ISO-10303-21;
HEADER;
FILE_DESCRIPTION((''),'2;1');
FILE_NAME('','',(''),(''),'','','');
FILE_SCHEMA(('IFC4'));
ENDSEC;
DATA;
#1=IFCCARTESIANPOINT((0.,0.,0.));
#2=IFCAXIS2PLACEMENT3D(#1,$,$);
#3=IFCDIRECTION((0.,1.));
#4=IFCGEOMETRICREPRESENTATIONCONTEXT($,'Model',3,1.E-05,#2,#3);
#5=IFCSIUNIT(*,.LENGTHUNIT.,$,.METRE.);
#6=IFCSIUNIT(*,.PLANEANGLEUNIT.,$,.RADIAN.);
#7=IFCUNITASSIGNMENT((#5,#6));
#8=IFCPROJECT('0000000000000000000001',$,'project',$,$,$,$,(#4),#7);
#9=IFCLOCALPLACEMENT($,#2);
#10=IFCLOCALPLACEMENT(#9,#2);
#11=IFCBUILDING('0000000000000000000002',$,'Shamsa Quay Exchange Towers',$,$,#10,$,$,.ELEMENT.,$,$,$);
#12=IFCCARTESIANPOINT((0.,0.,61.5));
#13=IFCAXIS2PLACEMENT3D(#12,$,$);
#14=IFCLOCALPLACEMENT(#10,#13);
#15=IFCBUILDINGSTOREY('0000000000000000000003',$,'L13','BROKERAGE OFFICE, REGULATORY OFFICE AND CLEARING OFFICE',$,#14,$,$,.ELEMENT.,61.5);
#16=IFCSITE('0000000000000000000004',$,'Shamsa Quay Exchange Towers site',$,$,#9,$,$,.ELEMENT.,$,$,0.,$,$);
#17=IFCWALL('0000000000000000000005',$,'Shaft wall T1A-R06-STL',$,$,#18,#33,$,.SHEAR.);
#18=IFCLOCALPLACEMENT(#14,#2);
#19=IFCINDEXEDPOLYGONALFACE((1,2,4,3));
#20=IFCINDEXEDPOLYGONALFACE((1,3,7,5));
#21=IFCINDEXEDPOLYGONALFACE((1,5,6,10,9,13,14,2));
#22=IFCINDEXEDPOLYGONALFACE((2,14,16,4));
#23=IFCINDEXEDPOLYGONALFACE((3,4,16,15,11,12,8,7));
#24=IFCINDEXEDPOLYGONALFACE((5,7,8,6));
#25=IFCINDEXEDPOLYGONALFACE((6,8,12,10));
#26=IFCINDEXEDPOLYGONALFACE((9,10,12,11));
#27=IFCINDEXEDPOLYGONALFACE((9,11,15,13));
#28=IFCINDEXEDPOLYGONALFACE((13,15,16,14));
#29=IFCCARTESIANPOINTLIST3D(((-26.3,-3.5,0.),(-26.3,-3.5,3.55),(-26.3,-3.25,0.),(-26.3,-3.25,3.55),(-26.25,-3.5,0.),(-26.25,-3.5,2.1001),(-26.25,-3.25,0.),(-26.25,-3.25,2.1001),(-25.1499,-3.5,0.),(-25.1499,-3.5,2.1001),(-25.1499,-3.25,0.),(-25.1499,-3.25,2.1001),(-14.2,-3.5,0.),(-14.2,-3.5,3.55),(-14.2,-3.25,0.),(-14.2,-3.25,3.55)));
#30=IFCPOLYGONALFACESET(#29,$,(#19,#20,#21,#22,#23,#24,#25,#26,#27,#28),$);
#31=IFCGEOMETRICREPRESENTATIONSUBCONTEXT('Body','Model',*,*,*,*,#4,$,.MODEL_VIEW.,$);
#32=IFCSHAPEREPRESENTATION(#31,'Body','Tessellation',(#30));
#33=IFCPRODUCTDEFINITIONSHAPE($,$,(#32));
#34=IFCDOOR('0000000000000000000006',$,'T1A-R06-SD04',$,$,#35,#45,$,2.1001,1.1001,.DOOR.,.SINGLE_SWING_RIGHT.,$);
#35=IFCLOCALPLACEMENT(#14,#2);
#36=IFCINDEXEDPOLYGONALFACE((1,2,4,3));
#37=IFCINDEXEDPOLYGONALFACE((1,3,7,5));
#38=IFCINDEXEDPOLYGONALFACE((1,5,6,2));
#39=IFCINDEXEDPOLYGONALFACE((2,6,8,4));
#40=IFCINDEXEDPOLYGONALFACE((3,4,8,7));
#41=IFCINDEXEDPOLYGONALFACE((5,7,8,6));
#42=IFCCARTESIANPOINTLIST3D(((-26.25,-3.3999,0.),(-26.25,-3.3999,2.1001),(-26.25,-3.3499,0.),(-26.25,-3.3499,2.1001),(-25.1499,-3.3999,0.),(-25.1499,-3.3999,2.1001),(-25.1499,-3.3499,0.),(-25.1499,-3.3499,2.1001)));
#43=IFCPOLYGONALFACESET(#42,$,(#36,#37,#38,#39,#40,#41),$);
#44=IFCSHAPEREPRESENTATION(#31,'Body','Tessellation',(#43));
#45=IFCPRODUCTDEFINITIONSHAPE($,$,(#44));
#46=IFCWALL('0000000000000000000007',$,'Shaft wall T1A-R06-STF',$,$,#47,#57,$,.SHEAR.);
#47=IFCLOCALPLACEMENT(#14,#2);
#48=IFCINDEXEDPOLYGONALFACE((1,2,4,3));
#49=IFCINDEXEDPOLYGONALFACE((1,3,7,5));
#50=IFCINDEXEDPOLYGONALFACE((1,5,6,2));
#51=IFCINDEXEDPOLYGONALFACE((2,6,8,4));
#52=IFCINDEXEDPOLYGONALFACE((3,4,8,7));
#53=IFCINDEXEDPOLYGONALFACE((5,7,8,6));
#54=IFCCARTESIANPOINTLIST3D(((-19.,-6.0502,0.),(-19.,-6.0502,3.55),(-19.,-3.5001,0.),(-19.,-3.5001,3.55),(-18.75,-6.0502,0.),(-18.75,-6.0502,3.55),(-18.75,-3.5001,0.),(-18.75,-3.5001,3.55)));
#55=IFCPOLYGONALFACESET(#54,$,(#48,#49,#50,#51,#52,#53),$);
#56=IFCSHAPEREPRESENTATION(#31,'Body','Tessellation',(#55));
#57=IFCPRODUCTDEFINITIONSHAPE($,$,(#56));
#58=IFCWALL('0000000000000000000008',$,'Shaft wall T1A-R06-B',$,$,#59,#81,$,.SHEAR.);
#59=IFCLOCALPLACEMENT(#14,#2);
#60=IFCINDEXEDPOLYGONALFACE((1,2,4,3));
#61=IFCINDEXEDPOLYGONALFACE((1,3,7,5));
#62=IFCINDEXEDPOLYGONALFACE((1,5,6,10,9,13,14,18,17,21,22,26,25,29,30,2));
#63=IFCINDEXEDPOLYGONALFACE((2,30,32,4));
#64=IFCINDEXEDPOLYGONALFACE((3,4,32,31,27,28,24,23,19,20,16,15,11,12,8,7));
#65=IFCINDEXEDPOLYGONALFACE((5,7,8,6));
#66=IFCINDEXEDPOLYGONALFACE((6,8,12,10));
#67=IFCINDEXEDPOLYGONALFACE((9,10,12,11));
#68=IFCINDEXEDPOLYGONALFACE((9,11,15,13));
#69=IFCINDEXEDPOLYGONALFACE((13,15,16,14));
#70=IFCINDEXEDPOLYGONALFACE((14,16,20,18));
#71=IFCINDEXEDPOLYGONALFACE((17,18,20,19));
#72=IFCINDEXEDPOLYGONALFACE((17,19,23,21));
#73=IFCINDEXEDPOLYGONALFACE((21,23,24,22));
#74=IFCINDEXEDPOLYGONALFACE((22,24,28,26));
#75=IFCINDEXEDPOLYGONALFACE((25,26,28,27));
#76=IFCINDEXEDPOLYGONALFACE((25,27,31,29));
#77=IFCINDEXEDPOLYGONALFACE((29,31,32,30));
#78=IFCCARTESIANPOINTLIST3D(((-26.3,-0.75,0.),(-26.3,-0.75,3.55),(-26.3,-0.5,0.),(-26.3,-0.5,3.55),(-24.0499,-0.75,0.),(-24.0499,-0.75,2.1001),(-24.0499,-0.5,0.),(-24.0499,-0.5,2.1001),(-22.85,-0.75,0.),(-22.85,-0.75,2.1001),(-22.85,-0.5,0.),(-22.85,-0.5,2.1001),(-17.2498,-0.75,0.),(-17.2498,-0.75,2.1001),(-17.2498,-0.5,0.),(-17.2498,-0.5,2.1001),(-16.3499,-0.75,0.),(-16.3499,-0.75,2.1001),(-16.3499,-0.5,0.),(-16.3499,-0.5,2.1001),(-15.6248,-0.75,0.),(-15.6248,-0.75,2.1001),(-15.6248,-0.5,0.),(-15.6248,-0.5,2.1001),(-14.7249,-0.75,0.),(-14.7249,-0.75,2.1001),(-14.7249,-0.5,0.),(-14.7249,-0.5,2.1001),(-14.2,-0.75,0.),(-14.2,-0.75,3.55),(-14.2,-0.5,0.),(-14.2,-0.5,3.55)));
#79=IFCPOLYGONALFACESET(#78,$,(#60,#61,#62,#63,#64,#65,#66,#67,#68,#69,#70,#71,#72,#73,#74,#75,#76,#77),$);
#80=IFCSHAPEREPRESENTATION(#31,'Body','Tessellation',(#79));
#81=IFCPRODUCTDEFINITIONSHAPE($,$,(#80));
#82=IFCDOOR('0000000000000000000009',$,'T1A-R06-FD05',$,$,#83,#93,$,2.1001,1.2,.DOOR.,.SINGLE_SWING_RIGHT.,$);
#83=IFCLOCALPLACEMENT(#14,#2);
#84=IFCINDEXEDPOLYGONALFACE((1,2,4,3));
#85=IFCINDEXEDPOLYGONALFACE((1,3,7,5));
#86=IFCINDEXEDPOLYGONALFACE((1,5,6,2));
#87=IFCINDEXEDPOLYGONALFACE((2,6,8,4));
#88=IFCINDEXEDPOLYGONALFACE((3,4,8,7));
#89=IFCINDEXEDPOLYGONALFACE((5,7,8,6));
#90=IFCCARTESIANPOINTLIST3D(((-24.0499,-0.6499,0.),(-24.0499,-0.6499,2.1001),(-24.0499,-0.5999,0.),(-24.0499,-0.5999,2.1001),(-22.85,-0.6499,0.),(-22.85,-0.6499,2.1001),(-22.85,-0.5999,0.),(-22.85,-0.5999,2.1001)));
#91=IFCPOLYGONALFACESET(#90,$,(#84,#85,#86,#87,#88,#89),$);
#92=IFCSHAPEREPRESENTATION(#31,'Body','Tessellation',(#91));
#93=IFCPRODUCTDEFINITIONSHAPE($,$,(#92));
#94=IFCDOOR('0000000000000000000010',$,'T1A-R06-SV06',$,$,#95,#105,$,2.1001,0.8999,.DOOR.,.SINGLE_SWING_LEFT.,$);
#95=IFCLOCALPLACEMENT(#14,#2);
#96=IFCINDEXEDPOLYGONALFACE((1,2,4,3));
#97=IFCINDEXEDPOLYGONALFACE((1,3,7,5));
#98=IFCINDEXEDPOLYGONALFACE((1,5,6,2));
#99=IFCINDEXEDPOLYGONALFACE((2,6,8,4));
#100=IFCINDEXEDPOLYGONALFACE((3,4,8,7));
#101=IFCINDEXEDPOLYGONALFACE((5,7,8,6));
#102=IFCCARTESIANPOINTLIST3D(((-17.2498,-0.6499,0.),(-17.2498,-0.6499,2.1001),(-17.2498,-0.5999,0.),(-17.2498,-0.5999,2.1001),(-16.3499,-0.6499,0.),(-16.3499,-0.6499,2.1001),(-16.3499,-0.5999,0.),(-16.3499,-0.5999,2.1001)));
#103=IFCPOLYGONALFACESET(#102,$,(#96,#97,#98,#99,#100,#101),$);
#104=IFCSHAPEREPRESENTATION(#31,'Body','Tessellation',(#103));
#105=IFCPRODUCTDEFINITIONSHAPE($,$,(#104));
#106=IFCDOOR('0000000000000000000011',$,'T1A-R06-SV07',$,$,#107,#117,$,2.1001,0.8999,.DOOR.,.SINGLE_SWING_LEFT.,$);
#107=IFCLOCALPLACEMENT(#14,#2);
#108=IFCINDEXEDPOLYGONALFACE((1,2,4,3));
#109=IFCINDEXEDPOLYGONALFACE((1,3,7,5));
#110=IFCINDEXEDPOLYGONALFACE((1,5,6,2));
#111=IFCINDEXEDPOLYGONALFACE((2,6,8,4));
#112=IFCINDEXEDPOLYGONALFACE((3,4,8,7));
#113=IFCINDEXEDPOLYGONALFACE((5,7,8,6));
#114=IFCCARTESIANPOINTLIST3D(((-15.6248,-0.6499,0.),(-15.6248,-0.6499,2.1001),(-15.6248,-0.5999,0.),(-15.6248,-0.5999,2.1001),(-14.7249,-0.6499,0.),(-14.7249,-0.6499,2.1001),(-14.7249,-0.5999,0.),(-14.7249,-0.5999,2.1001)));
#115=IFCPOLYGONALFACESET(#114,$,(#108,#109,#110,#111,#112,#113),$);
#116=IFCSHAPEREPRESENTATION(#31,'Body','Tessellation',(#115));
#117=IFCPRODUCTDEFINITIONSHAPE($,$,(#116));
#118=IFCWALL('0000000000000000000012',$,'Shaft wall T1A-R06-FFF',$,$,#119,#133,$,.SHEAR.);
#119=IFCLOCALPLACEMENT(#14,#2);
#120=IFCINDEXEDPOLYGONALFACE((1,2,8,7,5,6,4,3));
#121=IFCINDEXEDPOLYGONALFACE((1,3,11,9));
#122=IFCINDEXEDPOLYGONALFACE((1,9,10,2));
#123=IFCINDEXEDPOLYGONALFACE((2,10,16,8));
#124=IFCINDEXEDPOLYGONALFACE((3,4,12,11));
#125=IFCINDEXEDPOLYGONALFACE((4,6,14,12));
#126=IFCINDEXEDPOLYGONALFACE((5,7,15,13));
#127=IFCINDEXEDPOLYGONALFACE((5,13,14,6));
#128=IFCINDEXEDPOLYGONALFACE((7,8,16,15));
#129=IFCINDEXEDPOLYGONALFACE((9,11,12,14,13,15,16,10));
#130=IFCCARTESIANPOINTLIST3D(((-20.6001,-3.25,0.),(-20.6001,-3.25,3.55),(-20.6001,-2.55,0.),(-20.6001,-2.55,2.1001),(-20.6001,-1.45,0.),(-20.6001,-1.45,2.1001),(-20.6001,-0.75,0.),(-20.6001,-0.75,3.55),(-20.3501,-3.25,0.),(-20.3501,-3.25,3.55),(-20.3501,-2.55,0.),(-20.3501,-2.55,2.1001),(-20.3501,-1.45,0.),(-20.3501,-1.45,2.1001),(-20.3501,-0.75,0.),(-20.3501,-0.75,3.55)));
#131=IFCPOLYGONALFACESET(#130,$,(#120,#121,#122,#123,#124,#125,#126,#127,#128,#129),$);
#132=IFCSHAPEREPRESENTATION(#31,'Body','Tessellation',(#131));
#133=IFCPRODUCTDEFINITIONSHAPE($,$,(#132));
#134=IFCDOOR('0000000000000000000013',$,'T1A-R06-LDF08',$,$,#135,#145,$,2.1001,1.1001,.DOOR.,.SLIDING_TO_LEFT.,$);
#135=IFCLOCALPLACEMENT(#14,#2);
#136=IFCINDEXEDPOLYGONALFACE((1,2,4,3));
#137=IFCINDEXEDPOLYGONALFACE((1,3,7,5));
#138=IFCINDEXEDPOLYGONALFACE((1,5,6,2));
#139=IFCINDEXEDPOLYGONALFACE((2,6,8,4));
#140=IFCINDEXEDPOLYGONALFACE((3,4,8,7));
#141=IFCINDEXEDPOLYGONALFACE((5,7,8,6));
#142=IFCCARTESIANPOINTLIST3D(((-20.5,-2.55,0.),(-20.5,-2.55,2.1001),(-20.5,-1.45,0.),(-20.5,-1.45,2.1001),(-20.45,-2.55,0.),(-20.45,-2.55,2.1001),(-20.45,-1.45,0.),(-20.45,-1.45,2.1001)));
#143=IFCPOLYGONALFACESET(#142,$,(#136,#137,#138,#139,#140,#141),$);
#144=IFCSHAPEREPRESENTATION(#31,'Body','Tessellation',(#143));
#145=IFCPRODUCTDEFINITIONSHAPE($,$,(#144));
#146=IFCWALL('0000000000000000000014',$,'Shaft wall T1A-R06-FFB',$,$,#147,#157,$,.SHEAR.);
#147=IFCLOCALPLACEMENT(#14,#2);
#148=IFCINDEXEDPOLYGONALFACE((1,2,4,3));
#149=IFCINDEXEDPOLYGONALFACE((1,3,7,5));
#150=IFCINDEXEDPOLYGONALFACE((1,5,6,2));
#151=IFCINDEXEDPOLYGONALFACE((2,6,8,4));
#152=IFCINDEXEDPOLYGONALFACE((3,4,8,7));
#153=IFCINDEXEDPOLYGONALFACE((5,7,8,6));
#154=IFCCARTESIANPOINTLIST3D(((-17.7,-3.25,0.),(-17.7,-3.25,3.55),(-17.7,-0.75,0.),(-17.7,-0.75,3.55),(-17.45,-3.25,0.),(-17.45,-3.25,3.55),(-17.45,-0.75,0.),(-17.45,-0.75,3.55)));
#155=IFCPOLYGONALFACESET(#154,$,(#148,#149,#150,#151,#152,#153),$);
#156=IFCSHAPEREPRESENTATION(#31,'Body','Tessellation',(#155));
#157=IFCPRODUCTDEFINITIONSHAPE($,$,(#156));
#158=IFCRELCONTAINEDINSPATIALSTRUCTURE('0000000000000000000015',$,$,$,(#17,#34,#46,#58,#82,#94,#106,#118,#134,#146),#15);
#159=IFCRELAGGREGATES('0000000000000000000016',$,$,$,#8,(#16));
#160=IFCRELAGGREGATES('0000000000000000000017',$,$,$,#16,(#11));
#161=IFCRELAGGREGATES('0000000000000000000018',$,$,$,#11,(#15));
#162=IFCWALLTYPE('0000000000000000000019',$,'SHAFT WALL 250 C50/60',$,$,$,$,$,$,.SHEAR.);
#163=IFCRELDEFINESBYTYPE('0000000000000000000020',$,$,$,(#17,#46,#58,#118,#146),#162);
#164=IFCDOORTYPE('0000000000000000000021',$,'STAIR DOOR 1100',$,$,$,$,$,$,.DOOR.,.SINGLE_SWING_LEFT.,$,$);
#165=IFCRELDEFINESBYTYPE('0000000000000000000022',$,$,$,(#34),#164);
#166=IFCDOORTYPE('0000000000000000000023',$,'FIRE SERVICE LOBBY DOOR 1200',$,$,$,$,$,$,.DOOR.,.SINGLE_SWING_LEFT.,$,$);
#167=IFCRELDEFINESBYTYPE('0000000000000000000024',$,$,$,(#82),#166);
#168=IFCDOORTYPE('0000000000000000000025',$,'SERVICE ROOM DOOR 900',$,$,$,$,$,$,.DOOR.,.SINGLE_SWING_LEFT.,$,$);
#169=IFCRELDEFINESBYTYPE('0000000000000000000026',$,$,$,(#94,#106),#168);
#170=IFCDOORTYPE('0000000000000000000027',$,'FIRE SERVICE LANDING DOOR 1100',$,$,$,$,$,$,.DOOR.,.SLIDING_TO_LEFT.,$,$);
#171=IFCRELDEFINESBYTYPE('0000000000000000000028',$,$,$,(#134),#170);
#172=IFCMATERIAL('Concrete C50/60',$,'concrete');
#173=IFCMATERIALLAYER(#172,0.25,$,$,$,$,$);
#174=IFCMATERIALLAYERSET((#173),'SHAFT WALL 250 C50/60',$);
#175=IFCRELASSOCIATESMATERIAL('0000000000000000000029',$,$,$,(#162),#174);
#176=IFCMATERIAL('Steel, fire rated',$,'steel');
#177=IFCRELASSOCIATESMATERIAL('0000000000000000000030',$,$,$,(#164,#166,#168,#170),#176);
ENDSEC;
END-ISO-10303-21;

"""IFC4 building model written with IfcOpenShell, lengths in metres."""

from ifc_helpers import new_model, si_unit, direction, frame, frame_2d, origin, place, context, subcontext, project, spatial, rectangle, extrude, material, layer, layer_set, type_object, element, fill, save


model = new_model("IFC4")

# Units and contexts
model_context = context("Model", 3, precision=1e-05, world=origin(), true_north=direction((0.0, 1.0)))
body_context = subcontext(model_context, "Body", "Model", "MODEL_VIEW")
ifc_project = project(units=[si_unit("LENGTHUNIT", "METRE"), si_unit("PLANEANGLEUNIT", "RADIAN")], contexts=[model_context])

# Site, building, storey
site_placement = place(None, origin())
site = spatial("IfcSite", under=ifc_project, at=site_placement, Name="Shamsa Quay Exchange Towers site", CompositionType="ELEMENT", RefElevation=0.0)
building_placement = place(site_placement, origin())
building = spatial("IfcBuilding", under=site, at=building_placement, Name="Shamsa Quay Exchange Towers", CompositionType="ELEMENT")
storey_placement = place(building_placement, frame((0.0, 0.0, 61.5)))
storey = spatial("IfcBuildingStorey", under=building, at=storey_placement, Name="L13", Description="BROKERAGE OFFICE, REGULATORY OFFICE AND CLEARING OFFICE", CompositionType="ELEMENT", Elevation=61.5)

# Wall, opening, door
ifc_material_1 = material(Name="Concrete C50/60", Category="concrete")
ifc_layer_1 = layer(ifc_material_1, 0.25)
ifc_layer_set_1 = layer_set([ifc_layer_1], Name="SHAFT WALL 250 C50/60")
wall_type_1 = type_object("IfcWallType", Name="SHAFT WALL 250 C50/60", PredefinedType="SHEAR", material=ifc_layer_set_1)
wall_1_placement = place(storey_placement, frame((-14.2, -3.375, 0.0), z_axis=(0.0, 0.0, 1.0), x_axis=(-1.0, 0.0, 0.0)))
wall_1 = element("IfcWall", 1, at=wall_1_placement, inside=storey, type_object=wall_type_1, Name="Shaft wall T1A-R06-STL", PredefinedType="SHEAR", context=body_context, shape_type="SweptSolid", body=[
    extrude(rectangle(XDim=12.1001, YDim=0.25, at=frame_2d((6.05, 0.0))), origin(), (0.0, 0.0, 1.0), 3.55),
])
opening_1_placement = place(wall_1_placement, frame((10.95, 0.0, 0.0)))
opening_1 = element("IfcOpeningElement", 2, at=opening_1_placement, cuts=wall_1, PredefinedType="OPENING", context=body_context, shape_type="SweptSolid", body=[
    extrude(rectangle(XDim=1.1001, YDim=2.1001, at=frame_2d((0.55, 1.05))), frame((0.0, 0.135, 0.0), z_axis=(0.0, -1.0, 0.0), x_axis=(1.0, 0.0, 0.0)), (0.0, 0.0, 1.0), 0.27),
])
ifc_material_2 = material(Name="Steel, fire rated", Category="steel")
door_type_1 = type_object("IfcDoorType", Name="STAIR DOOR 1100", OperationType="SINGLE_SWING_LEFT", PredefinedType="DOOR", material=ifc_material_2)
door_1_placement = place(opening_1_placement, origin())
door_1 = element("IfcDoor", 3, at=door_1_placement, inside=storey, type_object=door_type_1, Name="T1A-R06-SD04", OperationType="SINGLE_SWING_RIGHT", OverallHeight=2.1001, OverallWidth=1.1001, PredefinedType="DOOR", context=body_context, shape_type="SweptSolid", body=[
    extrude(rectangle(XDim=1.1001, YDim=2.1001, at=frame_2d((0.55, 1.05))), frame((0.0, 0.0249, 0.0), z_axis=(0.0, -1.0, 0.0), x_axis=(1.0, 0.0, 0.0)), (0.0, 0.0, 1.0), 0.05),
])
fill(opening_1, door_1)

# Wall
wall_2_placement = place(storey_placement, frame((-18.875, -6.05, 0.0), z_axis=(0.0, 0.0, 1.0), x_axis=(0.0, 1.0, 0.0)))
element("IfcWall", 4, at=wall_2_placement, inside=storey, type_object=wall_type_1, Name="Shaft wall T1A-R06-STF", PredefinedType="SHEAR", context=body_context, shape_type="SweptSolid", body=[
    extrude(rectangle(XDim=2.55, YDim=0.25, at=frame_2d((1.2749, 0.0))), origin(), (0.0, 0.0, 1.0), 3.55),
])

# Wall, openings, doors
wall_3_placement = place(storey_placement, frame((-14.2, -0.625, 0.0), z_axis=(0.0, 0.0, 1.0), x_axis=(-1.0, 0.0, 0.0)))
wall_3 = element("IfcWall", 5, at=wall_3_placement, inside=storey, type_object=wall_type_1, Name="Shaft wall T1A-R06-B", PredefinedType="SHEAR", context=body_context, shape_type="SweptSolid", body=[
    extrude(rectangle(XDim=12.1001, YDim=0.25, at=frame_2d((6.05, 0.0))), origin(), (0.0, 0.0, 1.0), 3.55),
])
opening_2_placement = place(wall_3_placement, frame((8.6499, 0.0, 0.0)))
opening_2 = element("IfcOpeningElement", 6, at=opening_2_placement, cuts=wall_3, PredefinedType="OPENING", context=body_context, shape_type="SweptSolid", body=[
    extrude(rectangle(XDim=1.2, YDim=2.1001, at=frame_2d((0.6001, 1.05))), frame((0.0, 0.135, 0.0), z_axis=(0.0, -1.0, 0.0), x_axis=(1.0, 0.0, 0.0)), (0.0, 0.0, 1.0), 0.27),
])
opening_3_placement = place(wall_3_placement, frame((2.1499, 0.0, 0.0)))
opening_3 = element("IfcOpeningElement", 7, at=opening_3_placement, cuts=wall_3, PredefinedType="OPENING", context=body_context, shape_type="SweptSolid", body=[
    extrude(rectangle(XDim=0.8999, YDim=2.1001, at=frame_2d((0.45, 1.05))), frame((0.0, 0.135, 0.0), z_axis=(0.0, -1.0, 0.0), x_axis=(1.0, 0.0, 0.0)), (0.0, 0.0, 1.0), 0.27),
])
opening_4_placement = place(wall_3_placement, frame((0.5249, 0.0, 0.0)))
opening_4 = element("IfcOpeningElement", 8, at=opening_4_placement, cuts=wall_3, PredefinedType="OPENING", context=body_context, shape_type="SweptSolid", body=[
    extrude(rectangle(XDim=0.8999, YDim=2.1001, at=frame_2d((0.45, 1.05))), frame((0.0, 0.135, 0.0), z_axis=(0.0, -1.0, 0.0), x_axis=(1.0, 0.0, 0.0)), (0.0, 0.0, 1.0), 0.27),
])
door_type_2 = type_object("IfcDoorType", Name="FIRE SERVICE LOBBY DOOR 1200", OperationType="SINGLE_SWING_LEFT", PredefinedType="DOOR", material=ifc_material_2)
door_2_placement = place(opening_2_placement, origin())
door_2 = element("IfcDoor", 9, at=door_2_placement, inside=storey, type_object=door_type_2, Name="T1A-R06-FD05", OperationType="SINGLE_SWING_RIGHT", OverallHeight=2.1001, OverallWidth=1.2, PredefinedType="DOOR", context=body_context, shape_type="SweptSolid", body=[
    extrude(rectangle(XDim=1.2, YDim=2.1001, at=frame_2d((0.6001, 1.05))), frame((0.0, 0.0249, 0.0), z_axis=(0.0, -1.0, 0.0), x_axis=(1.0, 0.0, 0.0)), (0.0, 0.0, 1.0), 0.05),
])
fill(opening_2, door_2)
door_type_3 = type_object("IfcDoorType", Name="SERVICE ROOM DOOR 900", OperationType="SINGLE_SWING_LEFT", PredefinedType="DOOR", material=ifc_material_2)
door_3_placement = place(opening_3_placement, origin())
door_3 = element("IfcDoor", 10, at=door_3_placement, inside=storey, type_object=door_type_3, Name="T1A-R06-SV06", OperationType="SINGLE_SWING_LEFT", OverallHeight=2.1001, OverallWidth=0.8999, PredefinedType="DOOR", context=body_context, shape_type="SweptSolid", body=[
    extrude(rectangle(XDim=0.8999, YDim=2.1001, at=frame_2d((0.45, 1.05))), frame((0.0, 0.0249, 0.0), z_axis=(0.0, -1.0, 0.0), x_axis=(1.0, 0.0, 0.0)), (0.0, 0.0, 1.0), 0.05),
])
fill(opening_3, door_3)
door_4_placement = place(opening_4_placement, origin())
door_4 = element("IfcDoor", 11, at=door_4_placement, inside=storey, type_object=door_type_3, Name="T1A-R06-SV07", OperationType="SINGLE_SWING_LEFT", OverallHeight=2.1001, OverallWidth=0.8999, PredefinedType="DOOR", context=body_context, shape_type="SweptSolid", body=[
    extrude(rectangle(XDim=0.8999, YDim=2.1001, at=frame_2d((0.45, 1.05))), frame((0.0, 0.0249, 0.0), z_axis=(0.0, -1.0, 0.0), x_axis=(1.0, 0.0, 0.0)), (0.0, 0.0, 1.0), 0.05),
])
fill(opening_4, door_4)

# Wall, opening, door
wall_4_placement = place(storey_placement, frame((-20.4751, -3.25, 0.0), z_axis=(0.0, 0.0, 1.0), x_axis=(0.0, 1.0, 0.0)))
wall_4 = element("IfcWall", 12, at=wall_4_placement, inside=storey, type_object=wall_type_1, Name="Shaft wall T1A-R06-FFF", PredefinedType="SHEAR", context=body_context, shape_type="SweptSolid", body=[
    extrude(rectangle(XDim=2.5, YDim=0.25, at=frame_2d((1.25, 0.0))), origin(), (0.0, 0.0, 1.0), 3.55),
])
opening_5_placement = place(wall_4_placement, frame((0.7, 0.0, 0.0)))
opening_5 = element("IfcOpeningElement", 13, at=opening_5_placement, cuts=wall_4, PredefinedType="OPENING", context=body_context, shape_type="SweptSolid", body=[
    extrude(rectangle(XDim=1.1001, YDim=2.1001, at=frame_2d((0.55, 1.05))), frame((0.0, 0.135, 0.0), z_axis=(0.0, -1.0, 0.0), x_axis=(1.0, 0.0, 0.0)), (0.0, 0.0, 1.0), 0.27),
])
door_type_4 = type_object("IfcDoorType", Name="FIRE SERVICE LANDING DOOR 1100", OperationType="SLIDING_TO_LEFT", PredefinedType="DOOR", material=ifc_material_2)
door_5_placement = place(opening_5_placement, origin())
door_5 = element("IfcDoor", 14, at=door_5_placement, inside=storey, type_object=door_type_4, Name="T1A-R06-LDF08", OperationType="SLIDING_TO_LEFT", OverallHeight=2.1001, OverallWidth=1.1001, PredefinedType="DOOR", context=body_context, shape_type="SweptSolid", body=[
    extrude(rectangle(XDim=1.1001, YDim=2.1001, at=frame_2d((0.55, 1.05))), frame((0.0, 0.0249, 0.0), z_axis=(0.0, -1.0, 0.0), x_axis=(1.0, 0.0, 0.0)), (0.0, 0.0, 1.0), 0.05),
])
fill(opening_5, door_5)

# Wall
wall_5_placement = place(storey_placement, frame((-17.575, -3.25, 0.0), z_axis=(0.0, 0.0, 1.0), x_axis=(0.0, 1.0, 0.0)))
element("IfcWall", 15, at=wall_5_placement, inside=storey, type_object=wall_type_1, Name="Shaft wall T1A-R06-FFB", PredefinedType="SHEAR", context=body_context, shape_type="SweptSolid", body=[
    extrude(rectangle(XDim=2.5, YDim=0.25, at=frame_2d((1.25, 0.0))), origin(), (0.0, 0.0, 1.0), 3.55),
])

save(model, "model.ifc")
